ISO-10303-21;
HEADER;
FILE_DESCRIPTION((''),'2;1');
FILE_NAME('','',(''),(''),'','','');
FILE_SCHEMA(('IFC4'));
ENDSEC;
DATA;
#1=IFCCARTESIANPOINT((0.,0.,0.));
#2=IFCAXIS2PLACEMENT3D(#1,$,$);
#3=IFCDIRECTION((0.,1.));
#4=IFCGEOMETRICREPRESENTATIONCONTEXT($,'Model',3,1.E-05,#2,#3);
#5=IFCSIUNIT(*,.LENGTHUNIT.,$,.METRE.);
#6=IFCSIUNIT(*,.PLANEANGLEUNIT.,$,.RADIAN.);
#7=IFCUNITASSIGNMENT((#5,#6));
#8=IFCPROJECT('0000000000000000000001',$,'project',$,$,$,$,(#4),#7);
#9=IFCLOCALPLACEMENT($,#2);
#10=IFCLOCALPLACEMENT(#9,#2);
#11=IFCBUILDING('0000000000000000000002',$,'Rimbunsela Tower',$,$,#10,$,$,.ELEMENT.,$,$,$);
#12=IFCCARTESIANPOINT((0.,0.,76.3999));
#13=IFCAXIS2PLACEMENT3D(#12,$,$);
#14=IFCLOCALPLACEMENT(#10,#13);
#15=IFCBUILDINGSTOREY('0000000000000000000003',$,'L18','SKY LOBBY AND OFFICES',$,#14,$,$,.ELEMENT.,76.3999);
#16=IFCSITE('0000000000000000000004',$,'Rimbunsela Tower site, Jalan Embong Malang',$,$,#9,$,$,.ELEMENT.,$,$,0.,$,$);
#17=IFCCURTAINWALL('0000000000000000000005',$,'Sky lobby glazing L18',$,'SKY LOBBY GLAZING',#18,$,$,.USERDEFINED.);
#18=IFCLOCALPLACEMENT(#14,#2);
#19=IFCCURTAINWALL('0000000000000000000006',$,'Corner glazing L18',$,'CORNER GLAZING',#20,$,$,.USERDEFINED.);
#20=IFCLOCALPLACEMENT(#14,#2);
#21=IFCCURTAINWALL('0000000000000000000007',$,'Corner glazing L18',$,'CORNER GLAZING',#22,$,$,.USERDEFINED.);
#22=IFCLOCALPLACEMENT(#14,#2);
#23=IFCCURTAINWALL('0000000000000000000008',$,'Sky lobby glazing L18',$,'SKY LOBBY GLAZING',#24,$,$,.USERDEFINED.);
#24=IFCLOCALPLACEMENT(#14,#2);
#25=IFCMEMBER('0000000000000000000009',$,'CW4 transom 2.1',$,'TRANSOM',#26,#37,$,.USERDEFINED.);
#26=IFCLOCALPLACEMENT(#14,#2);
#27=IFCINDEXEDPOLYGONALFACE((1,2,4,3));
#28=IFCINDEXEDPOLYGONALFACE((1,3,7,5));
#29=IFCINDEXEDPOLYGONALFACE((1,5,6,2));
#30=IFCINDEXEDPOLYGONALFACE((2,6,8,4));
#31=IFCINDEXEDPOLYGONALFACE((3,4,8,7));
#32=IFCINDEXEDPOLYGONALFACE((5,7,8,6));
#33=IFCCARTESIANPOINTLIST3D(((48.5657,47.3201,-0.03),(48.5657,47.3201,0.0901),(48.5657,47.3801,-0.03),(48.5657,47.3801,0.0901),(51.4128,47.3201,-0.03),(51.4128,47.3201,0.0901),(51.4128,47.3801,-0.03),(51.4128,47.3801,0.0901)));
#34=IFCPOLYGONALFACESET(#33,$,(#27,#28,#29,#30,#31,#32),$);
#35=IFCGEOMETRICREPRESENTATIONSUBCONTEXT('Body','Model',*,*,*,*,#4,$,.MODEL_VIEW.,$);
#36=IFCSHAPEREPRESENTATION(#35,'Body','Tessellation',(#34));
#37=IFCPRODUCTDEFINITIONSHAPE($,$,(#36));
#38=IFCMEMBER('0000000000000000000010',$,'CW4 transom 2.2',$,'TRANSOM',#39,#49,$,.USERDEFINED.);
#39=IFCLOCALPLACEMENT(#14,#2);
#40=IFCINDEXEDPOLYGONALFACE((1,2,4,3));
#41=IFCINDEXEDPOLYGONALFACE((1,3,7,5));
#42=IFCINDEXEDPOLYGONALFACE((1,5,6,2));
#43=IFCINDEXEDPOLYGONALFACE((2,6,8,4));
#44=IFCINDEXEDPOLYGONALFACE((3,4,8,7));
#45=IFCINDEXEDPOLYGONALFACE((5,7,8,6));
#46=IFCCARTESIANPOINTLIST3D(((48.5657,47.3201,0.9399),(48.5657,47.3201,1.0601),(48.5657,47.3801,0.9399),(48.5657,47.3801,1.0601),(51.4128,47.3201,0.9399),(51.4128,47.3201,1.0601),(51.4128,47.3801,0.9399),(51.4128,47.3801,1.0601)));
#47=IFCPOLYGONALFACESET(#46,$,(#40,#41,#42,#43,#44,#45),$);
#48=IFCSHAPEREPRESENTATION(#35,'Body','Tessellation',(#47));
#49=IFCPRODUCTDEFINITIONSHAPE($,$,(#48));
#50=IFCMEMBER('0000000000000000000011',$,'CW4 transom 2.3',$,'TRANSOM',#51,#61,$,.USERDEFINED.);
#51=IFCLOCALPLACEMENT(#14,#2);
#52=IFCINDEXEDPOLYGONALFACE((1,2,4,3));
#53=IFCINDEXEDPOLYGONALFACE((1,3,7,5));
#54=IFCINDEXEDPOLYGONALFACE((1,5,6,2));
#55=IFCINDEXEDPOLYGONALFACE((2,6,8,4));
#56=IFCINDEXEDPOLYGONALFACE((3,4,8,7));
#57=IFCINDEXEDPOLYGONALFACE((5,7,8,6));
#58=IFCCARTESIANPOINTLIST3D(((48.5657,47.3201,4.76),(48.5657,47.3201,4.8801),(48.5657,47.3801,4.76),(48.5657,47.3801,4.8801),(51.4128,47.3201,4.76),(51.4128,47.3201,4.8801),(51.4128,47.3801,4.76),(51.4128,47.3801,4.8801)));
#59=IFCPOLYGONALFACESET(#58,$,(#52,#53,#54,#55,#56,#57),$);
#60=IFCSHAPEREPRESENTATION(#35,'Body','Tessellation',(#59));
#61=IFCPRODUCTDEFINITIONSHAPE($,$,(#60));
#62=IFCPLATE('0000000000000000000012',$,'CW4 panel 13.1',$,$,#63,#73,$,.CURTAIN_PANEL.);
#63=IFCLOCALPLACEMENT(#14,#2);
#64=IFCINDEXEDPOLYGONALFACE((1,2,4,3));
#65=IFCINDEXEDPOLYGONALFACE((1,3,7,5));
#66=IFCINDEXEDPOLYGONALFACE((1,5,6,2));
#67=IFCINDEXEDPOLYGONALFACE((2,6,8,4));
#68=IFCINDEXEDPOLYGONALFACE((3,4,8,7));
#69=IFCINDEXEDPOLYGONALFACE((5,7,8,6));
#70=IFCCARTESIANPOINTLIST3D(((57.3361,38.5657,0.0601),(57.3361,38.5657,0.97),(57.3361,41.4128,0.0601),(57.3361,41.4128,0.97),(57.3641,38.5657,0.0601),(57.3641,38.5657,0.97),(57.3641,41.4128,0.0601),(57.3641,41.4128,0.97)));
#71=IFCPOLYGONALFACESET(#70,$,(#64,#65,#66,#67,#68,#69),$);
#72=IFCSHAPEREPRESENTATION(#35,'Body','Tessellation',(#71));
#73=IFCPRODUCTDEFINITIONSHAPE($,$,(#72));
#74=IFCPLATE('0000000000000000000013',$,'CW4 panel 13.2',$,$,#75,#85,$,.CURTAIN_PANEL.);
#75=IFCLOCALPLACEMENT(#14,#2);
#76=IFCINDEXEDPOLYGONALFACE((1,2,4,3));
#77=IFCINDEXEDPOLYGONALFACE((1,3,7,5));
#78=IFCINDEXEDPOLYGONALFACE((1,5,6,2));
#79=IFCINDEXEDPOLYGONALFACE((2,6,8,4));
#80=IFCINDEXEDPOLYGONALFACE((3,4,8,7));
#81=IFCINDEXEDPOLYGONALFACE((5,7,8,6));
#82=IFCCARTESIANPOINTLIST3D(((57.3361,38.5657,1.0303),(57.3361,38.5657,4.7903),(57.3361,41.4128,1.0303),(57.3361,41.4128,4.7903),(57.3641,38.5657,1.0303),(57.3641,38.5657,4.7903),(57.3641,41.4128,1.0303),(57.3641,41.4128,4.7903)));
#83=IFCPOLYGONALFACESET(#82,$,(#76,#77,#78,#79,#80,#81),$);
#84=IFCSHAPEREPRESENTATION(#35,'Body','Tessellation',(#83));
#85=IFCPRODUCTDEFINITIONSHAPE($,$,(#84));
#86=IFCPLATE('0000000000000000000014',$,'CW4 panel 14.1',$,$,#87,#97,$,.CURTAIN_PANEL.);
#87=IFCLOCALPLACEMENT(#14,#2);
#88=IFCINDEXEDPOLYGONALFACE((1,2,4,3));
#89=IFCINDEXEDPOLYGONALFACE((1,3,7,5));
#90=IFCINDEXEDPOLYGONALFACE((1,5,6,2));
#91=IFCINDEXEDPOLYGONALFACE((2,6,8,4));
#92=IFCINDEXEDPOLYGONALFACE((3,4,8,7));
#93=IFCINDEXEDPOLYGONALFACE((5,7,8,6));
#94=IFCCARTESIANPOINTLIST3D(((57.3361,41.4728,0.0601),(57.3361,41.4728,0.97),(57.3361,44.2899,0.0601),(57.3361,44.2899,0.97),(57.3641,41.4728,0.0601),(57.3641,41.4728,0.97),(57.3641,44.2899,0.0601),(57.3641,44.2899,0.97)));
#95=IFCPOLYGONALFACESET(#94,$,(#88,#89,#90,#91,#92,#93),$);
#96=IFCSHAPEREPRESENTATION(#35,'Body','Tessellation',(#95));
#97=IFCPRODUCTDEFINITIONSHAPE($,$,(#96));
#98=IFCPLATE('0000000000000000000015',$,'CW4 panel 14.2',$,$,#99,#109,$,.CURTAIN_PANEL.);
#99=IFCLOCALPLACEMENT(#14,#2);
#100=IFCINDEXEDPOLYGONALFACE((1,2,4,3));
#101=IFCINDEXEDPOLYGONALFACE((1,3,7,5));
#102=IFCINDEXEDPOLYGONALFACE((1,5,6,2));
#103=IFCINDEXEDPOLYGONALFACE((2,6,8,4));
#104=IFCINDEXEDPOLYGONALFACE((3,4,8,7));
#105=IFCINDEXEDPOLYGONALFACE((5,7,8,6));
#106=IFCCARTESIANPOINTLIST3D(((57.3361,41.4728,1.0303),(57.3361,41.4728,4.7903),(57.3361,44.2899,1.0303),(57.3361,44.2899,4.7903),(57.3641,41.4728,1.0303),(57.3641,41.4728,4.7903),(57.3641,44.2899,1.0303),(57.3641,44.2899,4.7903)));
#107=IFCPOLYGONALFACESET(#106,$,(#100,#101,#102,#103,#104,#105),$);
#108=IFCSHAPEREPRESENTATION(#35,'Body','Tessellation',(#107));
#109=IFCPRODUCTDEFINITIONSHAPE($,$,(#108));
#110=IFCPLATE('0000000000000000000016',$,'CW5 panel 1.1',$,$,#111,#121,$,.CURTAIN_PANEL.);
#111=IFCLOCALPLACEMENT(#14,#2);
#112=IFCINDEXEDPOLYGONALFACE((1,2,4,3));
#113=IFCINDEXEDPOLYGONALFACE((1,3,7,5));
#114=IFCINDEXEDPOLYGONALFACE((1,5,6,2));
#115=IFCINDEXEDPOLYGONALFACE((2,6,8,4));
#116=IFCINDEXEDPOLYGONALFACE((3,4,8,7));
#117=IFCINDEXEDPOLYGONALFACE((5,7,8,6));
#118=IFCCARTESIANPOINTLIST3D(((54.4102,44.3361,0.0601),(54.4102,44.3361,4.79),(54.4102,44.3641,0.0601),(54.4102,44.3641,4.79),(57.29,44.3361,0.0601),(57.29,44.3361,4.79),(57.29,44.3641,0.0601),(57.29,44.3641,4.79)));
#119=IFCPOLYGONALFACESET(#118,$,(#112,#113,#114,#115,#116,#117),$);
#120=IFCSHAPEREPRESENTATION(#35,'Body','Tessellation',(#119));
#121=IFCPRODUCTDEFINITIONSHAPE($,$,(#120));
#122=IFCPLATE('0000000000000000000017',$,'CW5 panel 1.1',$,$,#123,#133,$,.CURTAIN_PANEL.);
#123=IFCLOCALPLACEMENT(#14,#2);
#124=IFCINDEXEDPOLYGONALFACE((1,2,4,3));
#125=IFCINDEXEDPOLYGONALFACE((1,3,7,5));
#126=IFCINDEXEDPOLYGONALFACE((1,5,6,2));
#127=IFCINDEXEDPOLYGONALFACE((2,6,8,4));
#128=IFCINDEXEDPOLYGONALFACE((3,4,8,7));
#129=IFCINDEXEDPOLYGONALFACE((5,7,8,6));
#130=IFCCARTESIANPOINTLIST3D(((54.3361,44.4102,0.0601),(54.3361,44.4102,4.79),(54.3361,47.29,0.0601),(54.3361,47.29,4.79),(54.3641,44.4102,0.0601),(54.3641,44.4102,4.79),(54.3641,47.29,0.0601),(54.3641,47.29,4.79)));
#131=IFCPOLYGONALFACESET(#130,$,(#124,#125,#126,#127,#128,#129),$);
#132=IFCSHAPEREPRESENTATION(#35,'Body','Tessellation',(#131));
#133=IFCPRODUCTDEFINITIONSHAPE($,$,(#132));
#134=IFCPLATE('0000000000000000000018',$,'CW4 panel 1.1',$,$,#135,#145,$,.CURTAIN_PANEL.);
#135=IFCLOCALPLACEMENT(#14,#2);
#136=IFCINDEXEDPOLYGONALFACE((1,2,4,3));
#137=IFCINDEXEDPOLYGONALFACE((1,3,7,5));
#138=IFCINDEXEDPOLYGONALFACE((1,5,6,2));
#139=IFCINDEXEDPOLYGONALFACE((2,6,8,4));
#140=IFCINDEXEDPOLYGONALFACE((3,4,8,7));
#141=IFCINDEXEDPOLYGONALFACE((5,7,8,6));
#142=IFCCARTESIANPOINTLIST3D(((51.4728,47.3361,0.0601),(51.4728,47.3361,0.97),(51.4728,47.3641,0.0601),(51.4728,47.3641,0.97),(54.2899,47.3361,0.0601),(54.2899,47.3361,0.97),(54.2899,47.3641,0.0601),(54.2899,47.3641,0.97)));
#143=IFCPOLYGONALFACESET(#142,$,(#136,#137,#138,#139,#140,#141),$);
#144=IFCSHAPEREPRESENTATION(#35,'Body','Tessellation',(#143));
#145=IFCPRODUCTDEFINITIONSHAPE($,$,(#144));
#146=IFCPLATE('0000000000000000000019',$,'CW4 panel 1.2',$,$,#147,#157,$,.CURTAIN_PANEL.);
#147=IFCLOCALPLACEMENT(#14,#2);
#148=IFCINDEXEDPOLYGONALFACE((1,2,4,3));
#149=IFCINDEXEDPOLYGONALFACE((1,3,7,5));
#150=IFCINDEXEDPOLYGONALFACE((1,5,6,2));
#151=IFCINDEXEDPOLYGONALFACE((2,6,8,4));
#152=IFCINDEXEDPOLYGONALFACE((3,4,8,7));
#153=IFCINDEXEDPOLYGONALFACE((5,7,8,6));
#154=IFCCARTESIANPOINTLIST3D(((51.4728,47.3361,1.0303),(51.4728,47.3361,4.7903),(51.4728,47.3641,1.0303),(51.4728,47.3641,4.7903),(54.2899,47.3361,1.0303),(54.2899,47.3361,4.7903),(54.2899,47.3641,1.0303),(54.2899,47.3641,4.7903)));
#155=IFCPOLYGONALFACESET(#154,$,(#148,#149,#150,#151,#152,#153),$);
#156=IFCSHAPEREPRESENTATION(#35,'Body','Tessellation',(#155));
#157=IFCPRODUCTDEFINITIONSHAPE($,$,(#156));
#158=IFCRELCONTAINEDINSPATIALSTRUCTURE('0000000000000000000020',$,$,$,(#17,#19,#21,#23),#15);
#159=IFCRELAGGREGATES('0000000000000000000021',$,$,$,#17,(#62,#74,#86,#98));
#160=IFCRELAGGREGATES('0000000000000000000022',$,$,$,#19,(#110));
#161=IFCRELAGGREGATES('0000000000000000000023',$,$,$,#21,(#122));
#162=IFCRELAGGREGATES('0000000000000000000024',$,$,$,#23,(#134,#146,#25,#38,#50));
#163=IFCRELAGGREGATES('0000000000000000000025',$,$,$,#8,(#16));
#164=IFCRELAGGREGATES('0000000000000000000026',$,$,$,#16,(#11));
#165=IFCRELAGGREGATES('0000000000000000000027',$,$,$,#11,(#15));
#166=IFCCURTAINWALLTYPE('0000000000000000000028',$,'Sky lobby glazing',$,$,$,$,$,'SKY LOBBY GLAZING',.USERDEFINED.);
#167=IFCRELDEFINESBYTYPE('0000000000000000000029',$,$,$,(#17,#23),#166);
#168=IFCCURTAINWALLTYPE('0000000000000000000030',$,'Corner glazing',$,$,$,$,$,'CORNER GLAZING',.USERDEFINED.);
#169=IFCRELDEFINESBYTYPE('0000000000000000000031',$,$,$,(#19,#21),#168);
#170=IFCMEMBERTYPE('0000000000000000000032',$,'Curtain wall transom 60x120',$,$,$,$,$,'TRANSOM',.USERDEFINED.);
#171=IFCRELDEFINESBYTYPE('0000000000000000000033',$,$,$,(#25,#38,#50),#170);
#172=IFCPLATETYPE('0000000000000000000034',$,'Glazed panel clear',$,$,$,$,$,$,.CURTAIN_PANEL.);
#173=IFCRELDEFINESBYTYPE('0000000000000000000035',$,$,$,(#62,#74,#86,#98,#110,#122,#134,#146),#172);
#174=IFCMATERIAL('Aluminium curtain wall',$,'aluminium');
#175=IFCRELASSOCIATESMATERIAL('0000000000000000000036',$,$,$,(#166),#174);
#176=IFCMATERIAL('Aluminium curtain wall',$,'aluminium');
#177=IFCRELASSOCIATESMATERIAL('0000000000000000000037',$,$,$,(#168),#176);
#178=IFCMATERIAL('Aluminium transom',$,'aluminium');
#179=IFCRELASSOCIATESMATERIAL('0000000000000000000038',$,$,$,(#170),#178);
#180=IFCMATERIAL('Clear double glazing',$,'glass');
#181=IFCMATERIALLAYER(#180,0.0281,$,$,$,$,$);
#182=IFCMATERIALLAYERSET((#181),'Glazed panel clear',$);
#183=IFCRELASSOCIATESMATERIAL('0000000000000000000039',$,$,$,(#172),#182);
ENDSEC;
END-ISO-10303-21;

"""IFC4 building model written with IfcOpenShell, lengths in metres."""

from ifc_helpers import new_model, si_unit, direction, frame, origin, origin_2d, place, context, subcontext, project, spatial, rectangle, extrude, material, layer, layer_set, material_profile, profile_set, type_object, element, aggregate, save


model = new_model("IFC4")

# Units and contexts
model_context = context("Model", 3, precision=1e-05, world=origin(), true_north=direction((0.0, 1.0)))
body_context = subcontext(model_context, "Body", "Model", "MODEL_VIEW")
ifc_project = project(units=[si_unit("LENGTHUNIT", "METRE"), si_unit("PLANEANGLEUNIT", "RADIAN")], contexts=[model_context])

# Site, building, storey
site_placement = place(None, origin())
site = spatial("IfcSite", under=ifc_project, at=site_placement, Name="Rimbunsela Tower site, Jalan Embong Malang", CompositionType="ELEMENT", RefElevation=0.0)
building_placement = place(site_placement, origin())
building = spatial("IfcBuilding", under=site, at=building_placement, Name="Rimbunsela Tower", CompositionType="ELEMENT")
storey_placement = place(building_placement, frame((0.0, 0.0, 76.3999)))
storey = spatial("IfcBuildingStorey", under=building, at=storey_placement, Name="L18", Description="SKY LOBBY AND OFFICES", CompositionType="ELEMENT", Elevation=76.3999)

# Curtain walls
ifc_material_1 = material(Name="Aluminium curtain wall", Category="aluminium")
curtain_wall_type_1 = type_object("IfcCurtainWallType", Name="Sky lobby glazing", ElementType="SKY LOBBY GLAZING", PredefinedType="USERDEFINED", material=ifc_material_1)
curtain_wall_1_placement = place(storey_placement, origin())
curtain_wall_1 = element("IfcCurtainWall", 1, at=curtain_wall_1_placement, inside=storey, type_object=curtain_wall_type_1, Name="Sky lobby glazing L18", ObjectType="SKY LOBBY GLAZING", PredefinedType="USERDEFINED")
ifc_material_2 = material(Name="Aluminium curtain wall", Category="aluminium")
curtain_wall_type_2 = type_object("IfcCurtainWallType", Name="Corner glazing", ElementType="CORNER GLAZING", PredefinedType="USERDEFINED", material=ifc_material_2)
curtain_wall_2_placement = place(storey_placement, origin())
curtain_wall_2 = element("IfcCurtainWall", 2, at=curtain_wall_2_placement, inside=storey, type_object=curtain_wall_type_2, Name="Corner glazing L18", ObjectType="CORNER GLAZING", PredefinedType="USERDEFINED")
curtain_wall_3_placement = place(storey_placement, origin())
curtain_wall_3 = element("IfcCurtainWall", 3, at=curtain_wall_3_placement, inside=storey, type_object=curtain_wall_type_2, Name="Corner glazing L18", ObjectType="CORNER GLAZING", PredefinedType="USERDEFINED")
curtain_wall_4_placement = place(storey_placement, origin())
curtain_wall_4 = element("IfcCurtainWall", 4, at=curtain_wall_4_placement, inside=storey, type_object=curtain_wall_type_1, Name="Sky lobby glazing L18", ObjectType="SKY LOBBY GLAZING", PredefinedType="USERDEFINED")

# Members
ifc_material_3 = material(Name="Aluminium transom", Category="aluminium")
ifc_material_profile_1 = material_profile(ifc_material_3, rectangle(XDim=0.0601, YDim=0.1201, at=origin_2d()), Name="Transom 60x120")
ifc_profile_set_1 = profile_set([ifc_material_profile_1], Name="Aluminium transom")
member_type_1 = type_object("IfcMemberType", Name="Curtain wall transom 60x120", ElementType="TRANSOM", PredefinedType="USERDEFINED", material=ifc_profile_set_1)
member_1_placement = place(storey_placement, frame((51.4128, 47.3501, 0.03), z_axis=(-1.0, 0.0, 0.0), x_axis=(0.0, -1.0, 0.0)))
member_1 = element("IfcMember", 5, at=member_1_placement, type_object=member_type_1, Name="CW4 transom 2.1", ObjectType="TRANSOM", PredefinedType="USERDEFINED", context=body_context, shape_type="SweptSolid", body=[
    extrude(rectangle(XDim=0.0601, YDim=0.1201, at=origin_2d()), origin(), (0.0, 0.0, 1.0), 2.8472),
])
member_2_placement = place(storey_placement, frame((51.4128, 47.3501, 1.0), z_axis=(-1.0, 0.0, 0.0), x_axis=(0.0, -1.0, 0.0)))
member_2 = element("IfcMember", 6, at=member_2_placement, type_object=member_type_1, Name="CW4 transom 2.2", ObjectType="TRANSOM", PredefinedType="USERDEFINED", context=body_context, shape_type="SweptSolid", body=[
    extrude(rectangle(XDim=0.0601, YDim=0.1201, at=origin_2d()), origin(), (0.0, 0.0, 1.0), 2.8472),
])
member_3_placement = place(storey_placement, frame((51.4128, 47.3501, 4.8201), z_axis=(-1.0, 0.0, 0.0), x_axis=(0.0, -1.0, 0.0)))
member_3 = element("IfcMember", 7, at=member_3_placement, type_object=member_type_1, Name="CW4 transom 2.3", ObjectType="TRANSOM", PredefinedType="USERDEFINED", context=body_context, shape_type="SweptSolid", body=[
    extrude(rectangle(XDim=0.0601, YDim=0.1201, at=origin_2d()), origin(), (0.0, 0.0, 1.0), 2.8472),
])

# Plates
ifc_material_4 = material(Name="Clear double glazing", Category="glass")
ifc_layer = layer(ifc_material_4, 0.0281)
ifc_layer_set = layer_set([ifc_layer], Name="Glazed panel clear")
plate_type = type_object("IfcPlateType", Name="Glazed panel clear", PredefinedType="CURTAIN_PANEL", material=ifc_layer_set)
plate_1_placement = place(storey_placement, frame((57.3501, 39.9893, 0.0601), z_axis=(0.0, 0.0, 1.0), x_axis=(0.0, 1.0, 0.0)))
plate_1 = element("IfcPlate", 8, at=plate_1_placement, type_object=plate_type, Name="CW4 panel 13.1", PredefinedType="CURTAIN_PANEL", context=body_context, shape_type="SweptSolid", body=[
    extrude(rectangle(XDim=2.8472, YDim=0.0281, at=origin_2d()), origin(), (0.0, 0.0, 1.0), 0.9099),
])
plate_2_placement = place(storey_placement, frame((57.3501, 39.9893, 1.0303), z_axis=(0.0, 0.0, 1.0), x_axis=(0.0, 1.0, 0.0)))
plate_2 = element("IfcPlate", 9, at=plate_2_placement, type_object=plate_type, Name="CW4 panel 13.2", PredefinedType="CURTAIN_PANEL", context=body_context, shape_type="SweptSolid", body=[
    extrude(rectangle(XDim=2.8472, YDim=0.0281, at=origin_2d()), origin(), (0.0, 0.0, 1.0), 3.76),
])
plate_3_placement = place(storey_placement, frame((57.3501, 42.8813, 0.0601), z_axis=(0.0, 0.0, 1.0), x_axis=(0.0, 1.0, 0.0)))
plate_3 = element("IfcPlate", 10, at=plate_3_placement, type_object=plate_type, Name="CW4 panel 14.1", PredefinedType="CURTAIN_PANEL", context=body_context, shape_type="SweptSolid", body=[
    extrude(rectangle(XDim=2.8171, YDim=0.0281, at=origin_2d()), origin(), (0.0, 0.0, 1.0), 0.9099),
])
plate_4_placement = place(storey_placement, frame((57.3501, 42.8813, 1.0303), z_axis=(0.0, 0.0, 1.0), x_axis=(0.0, 1.0, 0.0)))
plate_4 = element("IfcPlate", 11, at=plate_4_placement, type_object=plate_type, Name="CW4 panel 14.2", PredefinedType="CURTAIN_PANEL", context=body_context, shape_type="SweptSolid", body=[
    extrude(rectangle(XDim=2.8171, YDim=0.0281, at=origin_2d()), origin(), (0.0, 0.0, 1.0), 3.76),
])
aggregate(curtain_wall_1, [plate_1, plate_2, plate_3, plate_4])
plate_5_placement = place(storey_placement, frame((55.8501, 44.3501, 0.0601), z_axis=(0.0, 0.0, 1.0), x_axis=(-1.0, 0.0, 0.0)))
plate_5 = element("IfcPlate", 12, at=plate_5_placement, type_object=plate_type, Name="CW5 panel 1.1", PredefinedType="CURTAIN_PANEL", context=body_context, shape_type="SweptSolid", body=[
    extrude(rectangle(XDim=2.8799, YDim=0.0281, at=origin_2d()), origin(), (0.0, 0.0, 1.0), 4.73),
])
aggregate(curtain_wall_2, [plate_5])
plate_6_placement = place(storey_placement, frame((54.3501, 45.8501, 0.0601), z_axis=(0.0, 0.0, 1.0), x_axis=(0.0, 1.0, 0.0)))
plate_6 = element("IfcPlate", 13, at=plate_6_placement, type_object=plate_type, Name="CW5 panel 1.1", PredefinedType="CURTAIN_PANEL", context=body_context, shape_type="SweptSolid", body=[
    extrude(rectangle(XDim=2.8799, YDim=0.0281, at=origin_2d()), origin(), (0.0, 0.0, 1.0), 4.73),
])
aggregate(curtain_wall_3, [plate_6])
plate_7_placement = place(storey_placement, frame((52.8813, 47.3501, 0.0601), z_axis=(0.0, 0.0, 1.0), x_axis=(-1.0, 0.0, 0.0)))
plate_7 = element("IfcPlate", 14, at=plate_7_placement, type_object=plate_type, Name="CW4 panel 1.1", PredefinedType="CURTAIN_PANEL", context=body_context, shape_type="SweptSolid", body=[
    extrude(rectangle(XDim=2.8171, YDim=0.0281, at=origin_2d()), origin(), (0.0, 0.0, 1.0), 0.9099),
])
plate_8_placement = place(storey_placement, frame((52.8813, 47.3501, 1.0303), z_axis=(0.0, 0.0, 1.0), x_axis=(-1.0, 0.0, 0.0)))
plate_8 = element("IfcPlate", 15, at=plate_8_placement, type_object=plate_type, Name="CW4 panel 1.2", PredefinedType="CURTAIN_PANEL", context=body_context, shape_type="SweptSolid", body=[
    extrude(rectangle(XDim=2.8171, YDim=0.0281, at=origin_2d()), origin(), (0.0, 0.0, 1.0), 3.76),
])
aggregate(curtain_wall_4, [plate_7, plate_8, member_1, member_2, member_3])

save(model, "model.ifc")
